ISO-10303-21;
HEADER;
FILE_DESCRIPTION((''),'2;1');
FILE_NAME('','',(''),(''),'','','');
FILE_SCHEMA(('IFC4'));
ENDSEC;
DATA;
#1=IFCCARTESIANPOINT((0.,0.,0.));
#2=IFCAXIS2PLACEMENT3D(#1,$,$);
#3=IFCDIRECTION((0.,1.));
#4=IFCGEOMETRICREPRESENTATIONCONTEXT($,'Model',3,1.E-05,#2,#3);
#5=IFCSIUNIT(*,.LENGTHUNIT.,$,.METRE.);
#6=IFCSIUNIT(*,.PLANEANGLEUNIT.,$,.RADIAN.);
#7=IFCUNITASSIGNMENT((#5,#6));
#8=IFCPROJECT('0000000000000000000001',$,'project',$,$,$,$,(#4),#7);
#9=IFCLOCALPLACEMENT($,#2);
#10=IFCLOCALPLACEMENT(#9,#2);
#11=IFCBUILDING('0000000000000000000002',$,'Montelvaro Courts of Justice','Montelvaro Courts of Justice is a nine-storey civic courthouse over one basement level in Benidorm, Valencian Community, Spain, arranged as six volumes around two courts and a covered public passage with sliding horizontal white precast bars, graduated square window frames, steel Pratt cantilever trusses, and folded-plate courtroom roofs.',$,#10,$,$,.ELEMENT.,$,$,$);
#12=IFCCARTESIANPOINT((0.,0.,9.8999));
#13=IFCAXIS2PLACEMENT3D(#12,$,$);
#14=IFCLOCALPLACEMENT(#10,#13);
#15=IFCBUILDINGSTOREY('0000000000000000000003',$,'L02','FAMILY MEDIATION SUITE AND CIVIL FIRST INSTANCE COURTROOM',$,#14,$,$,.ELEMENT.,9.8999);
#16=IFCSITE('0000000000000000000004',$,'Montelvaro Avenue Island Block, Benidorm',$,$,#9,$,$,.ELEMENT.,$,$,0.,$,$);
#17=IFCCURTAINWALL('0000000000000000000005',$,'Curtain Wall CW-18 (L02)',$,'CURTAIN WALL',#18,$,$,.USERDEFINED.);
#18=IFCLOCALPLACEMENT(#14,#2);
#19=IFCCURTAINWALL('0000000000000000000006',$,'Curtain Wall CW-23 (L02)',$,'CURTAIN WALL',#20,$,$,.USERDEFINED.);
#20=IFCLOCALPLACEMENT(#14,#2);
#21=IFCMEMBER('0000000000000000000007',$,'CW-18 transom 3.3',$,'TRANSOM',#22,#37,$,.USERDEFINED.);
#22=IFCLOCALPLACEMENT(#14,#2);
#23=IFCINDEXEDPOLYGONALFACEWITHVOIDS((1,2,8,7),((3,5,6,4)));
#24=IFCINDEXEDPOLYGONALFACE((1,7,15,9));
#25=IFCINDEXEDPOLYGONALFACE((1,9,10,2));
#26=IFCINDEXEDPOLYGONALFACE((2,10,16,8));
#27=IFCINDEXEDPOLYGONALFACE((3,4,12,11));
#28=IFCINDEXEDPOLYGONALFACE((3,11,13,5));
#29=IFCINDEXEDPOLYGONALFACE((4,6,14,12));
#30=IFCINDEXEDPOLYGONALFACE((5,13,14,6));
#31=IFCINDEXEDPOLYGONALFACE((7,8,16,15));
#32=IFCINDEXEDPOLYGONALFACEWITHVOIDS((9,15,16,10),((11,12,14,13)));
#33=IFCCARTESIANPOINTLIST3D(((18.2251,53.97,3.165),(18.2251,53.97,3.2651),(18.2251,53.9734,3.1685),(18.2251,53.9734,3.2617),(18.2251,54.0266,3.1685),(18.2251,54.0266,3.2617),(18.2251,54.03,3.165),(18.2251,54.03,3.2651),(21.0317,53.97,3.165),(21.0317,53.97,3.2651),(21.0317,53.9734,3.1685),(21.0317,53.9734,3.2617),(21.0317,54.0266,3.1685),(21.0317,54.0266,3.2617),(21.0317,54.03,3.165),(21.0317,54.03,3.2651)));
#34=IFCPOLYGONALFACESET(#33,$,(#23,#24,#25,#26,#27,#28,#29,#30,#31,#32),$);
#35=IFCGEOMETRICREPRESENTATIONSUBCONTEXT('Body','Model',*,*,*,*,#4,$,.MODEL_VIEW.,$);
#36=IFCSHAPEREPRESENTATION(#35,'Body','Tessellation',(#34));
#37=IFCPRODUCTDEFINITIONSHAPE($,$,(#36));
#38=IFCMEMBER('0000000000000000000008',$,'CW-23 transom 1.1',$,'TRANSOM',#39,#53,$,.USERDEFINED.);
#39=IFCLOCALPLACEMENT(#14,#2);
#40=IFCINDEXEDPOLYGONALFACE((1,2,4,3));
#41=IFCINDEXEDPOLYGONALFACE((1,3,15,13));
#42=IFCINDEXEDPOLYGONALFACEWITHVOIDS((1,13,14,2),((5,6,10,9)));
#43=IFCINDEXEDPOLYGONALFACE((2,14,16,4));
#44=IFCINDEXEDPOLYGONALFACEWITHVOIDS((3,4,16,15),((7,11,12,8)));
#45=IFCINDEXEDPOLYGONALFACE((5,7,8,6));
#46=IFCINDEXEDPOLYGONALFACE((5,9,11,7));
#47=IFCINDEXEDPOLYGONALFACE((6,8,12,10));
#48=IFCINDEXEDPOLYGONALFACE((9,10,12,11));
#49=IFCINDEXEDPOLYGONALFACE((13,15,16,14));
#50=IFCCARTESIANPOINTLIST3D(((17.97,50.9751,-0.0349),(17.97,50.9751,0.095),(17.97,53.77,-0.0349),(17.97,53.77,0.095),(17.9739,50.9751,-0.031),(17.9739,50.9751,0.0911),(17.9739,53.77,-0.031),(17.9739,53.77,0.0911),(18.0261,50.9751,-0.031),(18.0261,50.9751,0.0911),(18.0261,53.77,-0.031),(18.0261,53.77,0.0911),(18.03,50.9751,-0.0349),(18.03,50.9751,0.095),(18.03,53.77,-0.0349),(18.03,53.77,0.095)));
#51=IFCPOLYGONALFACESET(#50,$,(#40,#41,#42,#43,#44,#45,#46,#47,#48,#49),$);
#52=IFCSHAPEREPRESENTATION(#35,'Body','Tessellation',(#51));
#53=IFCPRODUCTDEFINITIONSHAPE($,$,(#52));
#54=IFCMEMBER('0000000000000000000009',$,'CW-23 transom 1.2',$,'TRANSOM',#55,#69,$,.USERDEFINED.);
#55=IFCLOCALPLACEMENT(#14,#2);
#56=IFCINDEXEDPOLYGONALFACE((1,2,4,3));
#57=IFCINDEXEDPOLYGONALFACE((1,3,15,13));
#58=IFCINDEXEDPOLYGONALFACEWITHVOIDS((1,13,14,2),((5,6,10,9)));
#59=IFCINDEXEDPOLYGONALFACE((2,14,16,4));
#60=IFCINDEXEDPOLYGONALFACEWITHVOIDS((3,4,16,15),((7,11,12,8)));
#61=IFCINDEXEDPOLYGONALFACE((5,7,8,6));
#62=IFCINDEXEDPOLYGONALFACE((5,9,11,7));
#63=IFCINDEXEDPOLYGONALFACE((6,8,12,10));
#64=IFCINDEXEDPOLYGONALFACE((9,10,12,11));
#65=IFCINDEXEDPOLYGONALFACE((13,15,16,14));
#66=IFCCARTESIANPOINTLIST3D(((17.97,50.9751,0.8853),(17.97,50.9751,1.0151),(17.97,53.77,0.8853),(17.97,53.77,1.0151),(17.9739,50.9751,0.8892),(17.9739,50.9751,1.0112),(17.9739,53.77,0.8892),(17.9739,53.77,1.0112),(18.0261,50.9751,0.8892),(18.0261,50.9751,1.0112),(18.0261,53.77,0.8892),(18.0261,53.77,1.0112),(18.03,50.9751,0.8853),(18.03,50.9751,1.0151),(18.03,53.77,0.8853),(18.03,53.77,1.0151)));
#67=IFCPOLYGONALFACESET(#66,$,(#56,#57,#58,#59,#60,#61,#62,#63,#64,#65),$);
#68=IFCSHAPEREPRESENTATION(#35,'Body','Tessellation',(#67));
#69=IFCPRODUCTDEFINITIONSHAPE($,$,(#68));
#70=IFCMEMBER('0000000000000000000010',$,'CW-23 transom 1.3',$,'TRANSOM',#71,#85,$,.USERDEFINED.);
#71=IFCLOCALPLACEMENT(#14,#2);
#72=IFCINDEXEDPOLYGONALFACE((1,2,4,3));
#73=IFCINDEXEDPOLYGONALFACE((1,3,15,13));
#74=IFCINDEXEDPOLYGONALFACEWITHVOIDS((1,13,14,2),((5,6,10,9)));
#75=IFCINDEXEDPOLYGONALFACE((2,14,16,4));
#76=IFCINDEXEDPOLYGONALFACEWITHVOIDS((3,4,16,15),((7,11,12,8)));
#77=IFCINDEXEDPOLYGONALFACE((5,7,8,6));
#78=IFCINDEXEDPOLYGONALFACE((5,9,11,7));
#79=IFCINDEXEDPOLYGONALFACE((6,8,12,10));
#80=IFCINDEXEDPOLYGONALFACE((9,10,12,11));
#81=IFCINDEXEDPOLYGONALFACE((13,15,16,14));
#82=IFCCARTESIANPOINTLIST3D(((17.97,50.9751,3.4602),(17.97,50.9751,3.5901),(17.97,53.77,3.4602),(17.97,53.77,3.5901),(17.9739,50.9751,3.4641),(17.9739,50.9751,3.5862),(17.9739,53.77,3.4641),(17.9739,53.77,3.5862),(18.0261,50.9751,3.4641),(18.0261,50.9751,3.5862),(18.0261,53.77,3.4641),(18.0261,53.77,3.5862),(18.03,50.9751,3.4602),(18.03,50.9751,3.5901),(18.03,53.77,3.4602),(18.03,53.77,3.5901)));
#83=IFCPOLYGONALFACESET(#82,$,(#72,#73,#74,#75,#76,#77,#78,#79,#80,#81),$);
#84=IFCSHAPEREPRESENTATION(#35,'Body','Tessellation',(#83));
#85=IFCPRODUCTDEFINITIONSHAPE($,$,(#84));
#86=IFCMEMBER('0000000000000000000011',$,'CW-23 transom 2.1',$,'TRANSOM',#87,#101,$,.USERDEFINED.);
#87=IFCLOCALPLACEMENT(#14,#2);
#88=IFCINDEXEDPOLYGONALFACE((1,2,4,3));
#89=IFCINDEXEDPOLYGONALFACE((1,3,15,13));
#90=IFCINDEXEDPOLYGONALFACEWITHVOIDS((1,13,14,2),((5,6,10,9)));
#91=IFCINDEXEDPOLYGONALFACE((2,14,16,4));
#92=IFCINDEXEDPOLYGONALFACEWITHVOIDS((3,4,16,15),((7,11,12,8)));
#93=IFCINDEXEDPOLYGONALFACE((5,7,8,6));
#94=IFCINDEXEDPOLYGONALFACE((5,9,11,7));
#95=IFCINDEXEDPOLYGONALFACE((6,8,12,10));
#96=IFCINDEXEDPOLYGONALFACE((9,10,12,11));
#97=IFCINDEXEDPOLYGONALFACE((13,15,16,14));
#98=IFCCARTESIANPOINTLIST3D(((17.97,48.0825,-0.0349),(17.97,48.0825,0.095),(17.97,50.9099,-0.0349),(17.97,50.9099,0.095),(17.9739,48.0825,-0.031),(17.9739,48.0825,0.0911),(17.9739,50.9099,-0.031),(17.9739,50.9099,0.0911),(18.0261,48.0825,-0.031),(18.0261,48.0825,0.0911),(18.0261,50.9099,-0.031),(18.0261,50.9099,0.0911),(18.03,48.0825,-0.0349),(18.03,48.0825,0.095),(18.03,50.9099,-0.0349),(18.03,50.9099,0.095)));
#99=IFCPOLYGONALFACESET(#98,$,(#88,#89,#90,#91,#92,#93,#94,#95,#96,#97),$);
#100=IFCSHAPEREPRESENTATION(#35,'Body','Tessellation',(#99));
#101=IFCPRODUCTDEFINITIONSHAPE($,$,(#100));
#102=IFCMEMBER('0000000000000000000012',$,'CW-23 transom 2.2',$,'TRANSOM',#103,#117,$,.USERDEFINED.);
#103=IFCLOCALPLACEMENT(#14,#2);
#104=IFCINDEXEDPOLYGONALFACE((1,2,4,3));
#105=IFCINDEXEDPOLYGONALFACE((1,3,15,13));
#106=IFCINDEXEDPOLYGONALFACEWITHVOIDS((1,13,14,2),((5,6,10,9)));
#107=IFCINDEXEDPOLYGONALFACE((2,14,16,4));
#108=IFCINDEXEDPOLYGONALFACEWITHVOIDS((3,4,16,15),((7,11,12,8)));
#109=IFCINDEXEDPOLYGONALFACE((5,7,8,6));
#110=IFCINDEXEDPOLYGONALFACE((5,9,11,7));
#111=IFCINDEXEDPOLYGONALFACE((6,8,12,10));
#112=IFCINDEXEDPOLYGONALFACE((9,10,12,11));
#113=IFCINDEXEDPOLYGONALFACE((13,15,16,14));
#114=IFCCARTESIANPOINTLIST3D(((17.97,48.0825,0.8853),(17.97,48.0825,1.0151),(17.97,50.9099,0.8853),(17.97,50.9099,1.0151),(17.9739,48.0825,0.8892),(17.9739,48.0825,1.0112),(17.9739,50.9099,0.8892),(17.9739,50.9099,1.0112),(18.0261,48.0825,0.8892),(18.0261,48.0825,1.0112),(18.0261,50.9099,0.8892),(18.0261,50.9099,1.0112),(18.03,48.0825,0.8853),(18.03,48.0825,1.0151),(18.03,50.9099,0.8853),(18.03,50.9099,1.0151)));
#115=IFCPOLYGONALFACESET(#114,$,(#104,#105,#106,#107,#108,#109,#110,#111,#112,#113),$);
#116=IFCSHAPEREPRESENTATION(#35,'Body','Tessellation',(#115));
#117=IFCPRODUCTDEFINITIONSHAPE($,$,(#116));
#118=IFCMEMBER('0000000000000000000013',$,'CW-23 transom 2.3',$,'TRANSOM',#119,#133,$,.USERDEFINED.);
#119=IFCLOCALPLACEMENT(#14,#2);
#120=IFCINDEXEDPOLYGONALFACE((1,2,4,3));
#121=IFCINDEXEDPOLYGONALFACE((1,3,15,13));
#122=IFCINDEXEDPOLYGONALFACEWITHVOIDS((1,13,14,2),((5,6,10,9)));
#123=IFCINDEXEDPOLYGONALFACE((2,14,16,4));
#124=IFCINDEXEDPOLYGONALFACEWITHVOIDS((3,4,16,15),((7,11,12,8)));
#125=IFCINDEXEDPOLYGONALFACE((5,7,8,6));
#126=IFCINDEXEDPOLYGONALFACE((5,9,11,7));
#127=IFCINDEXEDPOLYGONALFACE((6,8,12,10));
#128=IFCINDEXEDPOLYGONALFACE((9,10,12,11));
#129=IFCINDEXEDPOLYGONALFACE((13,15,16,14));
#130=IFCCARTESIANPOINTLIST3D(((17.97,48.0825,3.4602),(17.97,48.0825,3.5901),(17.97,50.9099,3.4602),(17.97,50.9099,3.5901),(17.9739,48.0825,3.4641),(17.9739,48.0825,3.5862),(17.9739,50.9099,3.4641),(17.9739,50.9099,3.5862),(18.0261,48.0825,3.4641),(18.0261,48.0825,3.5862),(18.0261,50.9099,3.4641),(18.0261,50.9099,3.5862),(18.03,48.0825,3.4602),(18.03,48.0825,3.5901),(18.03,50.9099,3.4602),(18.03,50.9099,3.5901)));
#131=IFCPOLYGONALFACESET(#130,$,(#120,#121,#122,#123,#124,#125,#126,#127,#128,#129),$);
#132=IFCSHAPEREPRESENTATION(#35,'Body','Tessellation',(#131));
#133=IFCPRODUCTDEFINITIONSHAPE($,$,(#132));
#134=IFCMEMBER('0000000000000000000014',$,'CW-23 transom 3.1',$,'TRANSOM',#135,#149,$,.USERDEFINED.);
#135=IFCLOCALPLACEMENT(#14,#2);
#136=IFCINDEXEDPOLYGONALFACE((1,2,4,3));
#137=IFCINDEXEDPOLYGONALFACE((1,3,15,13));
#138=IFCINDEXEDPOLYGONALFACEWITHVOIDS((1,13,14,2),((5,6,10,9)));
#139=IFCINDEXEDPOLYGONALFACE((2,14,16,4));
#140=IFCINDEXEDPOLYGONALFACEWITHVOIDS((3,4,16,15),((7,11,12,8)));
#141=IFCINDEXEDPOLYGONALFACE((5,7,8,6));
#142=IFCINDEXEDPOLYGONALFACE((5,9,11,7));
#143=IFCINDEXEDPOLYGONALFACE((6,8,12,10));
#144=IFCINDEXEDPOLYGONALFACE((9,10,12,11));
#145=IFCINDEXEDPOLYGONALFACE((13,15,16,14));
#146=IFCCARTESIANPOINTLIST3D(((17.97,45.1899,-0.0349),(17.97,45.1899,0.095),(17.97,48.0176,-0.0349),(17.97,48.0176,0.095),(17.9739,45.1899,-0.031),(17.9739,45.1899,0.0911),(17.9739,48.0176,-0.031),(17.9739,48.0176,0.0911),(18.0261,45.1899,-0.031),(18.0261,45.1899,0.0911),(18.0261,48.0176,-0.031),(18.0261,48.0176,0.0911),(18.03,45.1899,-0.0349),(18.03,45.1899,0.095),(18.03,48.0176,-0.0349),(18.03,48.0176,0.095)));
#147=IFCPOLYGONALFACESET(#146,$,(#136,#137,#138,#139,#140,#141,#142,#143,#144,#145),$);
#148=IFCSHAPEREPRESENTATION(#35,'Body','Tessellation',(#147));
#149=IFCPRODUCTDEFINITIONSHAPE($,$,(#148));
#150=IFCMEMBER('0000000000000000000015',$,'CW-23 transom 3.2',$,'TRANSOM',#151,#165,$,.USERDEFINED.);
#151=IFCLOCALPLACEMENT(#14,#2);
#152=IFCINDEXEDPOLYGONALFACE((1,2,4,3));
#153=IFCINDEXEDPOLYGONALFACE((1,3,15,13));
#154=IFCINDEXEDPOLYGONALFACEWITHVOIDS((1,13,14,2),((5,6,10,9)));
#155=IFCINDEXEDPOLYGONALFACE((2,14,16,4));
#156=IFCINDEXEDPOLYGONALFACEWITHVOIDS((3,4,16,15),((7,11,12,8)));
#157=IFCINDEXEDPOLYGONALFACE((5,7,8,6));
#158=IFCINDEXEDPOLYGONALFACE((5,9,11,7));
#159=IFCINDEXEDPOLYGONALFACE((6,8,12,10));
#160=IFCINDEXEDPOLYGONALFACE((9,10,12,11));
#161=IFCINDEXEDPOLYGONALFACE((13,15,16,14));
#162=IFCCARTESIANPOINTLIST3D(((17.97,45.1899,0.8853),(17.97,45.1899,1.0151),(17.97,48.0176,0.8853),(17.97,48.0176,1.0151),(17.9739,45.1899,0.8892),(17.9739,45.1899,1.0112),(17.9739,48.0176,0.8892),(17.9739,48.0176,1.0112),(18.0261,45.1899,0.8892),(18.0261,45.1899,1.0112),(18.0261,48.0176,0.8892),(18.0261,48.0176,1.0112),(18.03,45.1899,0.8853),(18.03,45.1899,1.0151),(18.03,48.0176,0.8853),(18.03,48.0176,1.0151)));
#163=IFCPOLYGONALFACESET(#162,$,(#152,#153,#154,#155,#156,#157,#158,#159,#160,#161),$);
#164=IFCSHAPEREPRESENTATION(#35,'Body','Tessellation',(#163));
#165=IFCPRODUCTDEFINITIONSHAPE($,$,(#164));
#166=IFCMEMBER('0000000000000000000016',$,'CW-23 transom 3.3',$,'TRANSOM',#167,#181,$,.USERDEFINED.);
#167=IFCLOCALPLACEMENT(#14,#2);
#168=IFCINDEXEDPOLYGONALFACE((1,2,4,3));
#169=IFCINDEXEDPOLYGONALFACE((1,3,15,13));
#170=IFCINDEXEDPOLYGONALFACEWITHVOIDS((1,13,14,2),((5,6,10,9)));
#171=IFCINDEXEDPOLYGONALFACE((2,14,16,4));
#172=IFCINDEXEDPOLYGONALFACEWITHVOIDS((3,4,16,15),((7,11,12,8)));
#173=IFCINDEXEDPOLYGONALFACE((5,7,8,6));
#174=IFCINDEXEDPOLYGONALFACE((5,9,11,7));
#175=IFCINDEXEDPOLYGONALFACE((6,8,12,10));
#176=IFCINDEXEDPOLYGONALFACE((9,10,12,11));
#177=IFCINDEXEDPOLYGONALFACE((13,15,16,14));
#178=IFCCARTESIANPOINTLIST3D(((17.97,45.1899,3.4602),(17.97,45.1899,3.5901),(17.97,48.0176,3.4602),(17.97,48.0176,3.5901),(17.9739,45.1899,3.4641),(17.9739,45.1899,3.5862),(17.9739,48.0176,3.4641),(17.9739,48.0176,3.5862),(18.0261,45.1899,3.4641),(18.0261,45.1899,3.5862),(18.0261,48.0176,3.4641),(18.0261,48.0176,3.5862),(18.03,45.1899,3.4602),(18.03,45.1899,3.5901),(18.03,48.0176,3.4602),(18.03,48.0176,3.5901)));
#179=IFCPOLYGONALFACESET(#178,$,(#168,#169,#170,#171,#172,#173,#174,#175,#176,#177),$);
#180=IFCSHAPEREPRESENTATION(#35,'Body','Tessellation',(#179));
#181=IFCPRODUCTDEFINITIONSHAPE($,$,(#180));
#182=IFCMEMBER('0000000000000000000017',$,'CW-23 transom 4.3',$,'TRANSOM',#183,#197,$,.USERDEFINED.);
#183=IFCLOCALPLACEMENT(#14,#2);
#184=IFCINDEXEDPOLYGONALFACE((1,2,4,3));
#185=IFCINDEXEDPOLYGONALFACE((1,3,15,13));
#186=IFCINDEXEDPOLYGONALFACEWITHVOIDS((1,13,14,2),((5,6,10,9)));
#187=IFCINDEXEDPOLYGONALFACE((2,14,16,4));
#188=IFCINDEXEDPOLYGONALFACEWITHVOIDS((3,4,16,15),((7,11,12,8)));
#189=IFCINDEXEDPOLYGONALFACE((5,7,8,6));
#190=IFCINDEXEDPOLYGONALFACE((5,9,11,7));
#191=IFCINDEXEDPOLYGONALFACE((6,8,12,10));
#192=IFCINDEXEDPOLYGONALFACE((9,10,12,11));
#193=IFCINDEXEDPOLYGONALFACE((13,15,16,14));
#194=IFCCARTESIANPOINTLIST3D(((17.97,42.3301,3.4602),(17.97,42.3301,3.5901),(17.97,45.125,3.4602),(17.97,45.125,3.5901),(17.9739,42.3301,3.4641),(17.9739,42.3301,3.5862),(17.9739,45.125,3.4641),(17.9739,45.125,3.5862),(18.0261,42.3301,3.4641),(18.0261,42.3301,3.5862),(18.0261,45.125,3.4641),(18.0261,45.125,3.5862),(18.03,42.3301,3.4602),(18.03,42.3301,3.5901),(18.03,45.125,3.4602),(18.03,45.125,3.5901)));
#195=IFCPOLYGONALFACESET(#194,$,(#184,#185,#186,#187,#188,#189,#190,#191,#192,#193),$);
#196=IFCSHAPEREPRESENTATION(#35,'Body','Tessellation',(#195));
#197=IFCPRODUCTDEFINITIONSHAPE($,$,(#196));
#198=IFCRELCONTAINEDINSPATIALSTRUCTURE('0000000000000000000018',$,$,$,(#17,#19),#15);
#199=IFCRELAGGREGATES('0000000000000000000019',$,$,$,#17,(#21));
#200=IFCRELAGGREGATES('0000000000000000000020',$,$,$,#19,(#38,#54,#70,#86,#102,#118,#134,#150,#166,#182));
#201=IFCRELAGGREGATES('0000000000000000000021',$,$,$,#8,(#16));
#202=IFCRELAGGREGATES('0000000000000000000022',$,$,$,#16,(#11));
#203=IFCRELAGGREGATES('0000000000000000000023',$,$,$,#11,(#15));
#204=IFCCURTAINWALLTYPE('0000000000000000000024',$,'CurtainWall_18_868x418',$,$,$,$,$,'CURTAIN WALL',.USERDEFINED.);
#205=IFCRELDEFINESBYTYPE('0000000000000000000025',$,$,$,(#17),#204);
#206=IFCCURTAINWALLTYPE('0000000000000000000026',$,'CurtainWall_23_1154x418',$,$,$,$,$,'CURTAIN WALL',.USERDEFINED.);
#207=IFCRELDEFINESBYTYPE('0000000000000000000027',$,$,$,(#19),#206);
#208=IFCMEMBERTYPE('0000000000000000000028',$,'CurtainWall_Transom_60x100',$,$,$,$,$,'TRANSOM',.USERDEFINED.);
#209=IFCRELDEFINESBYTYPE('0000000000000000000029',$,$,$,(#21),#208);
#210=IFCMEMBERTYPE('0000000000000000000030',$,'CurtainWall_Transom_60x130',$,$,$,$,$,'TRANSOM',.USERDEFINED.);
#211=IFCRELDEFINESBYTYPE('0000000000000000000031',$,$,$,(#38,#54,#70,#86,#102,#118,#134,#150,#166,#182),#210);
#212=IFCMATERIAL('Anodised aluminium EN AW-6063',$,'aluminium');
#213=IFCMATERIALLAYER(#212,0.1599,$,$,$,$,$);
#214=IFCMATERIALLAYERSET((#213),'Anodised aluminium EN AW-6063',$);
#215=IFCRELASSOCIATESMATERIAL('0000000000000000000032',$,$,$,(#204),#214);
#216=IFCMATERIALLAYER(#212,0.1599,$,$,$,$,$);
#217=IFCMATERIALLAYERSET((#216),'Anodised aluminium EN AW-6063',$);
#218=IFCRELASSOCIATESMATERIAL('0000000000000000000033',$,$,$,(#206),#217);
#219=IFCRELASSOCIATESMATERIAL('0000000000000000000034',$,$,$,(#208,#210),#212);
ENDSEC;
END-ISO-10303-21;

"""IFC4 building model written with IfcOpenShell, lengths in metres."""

from ifc_helpers import new_model, si_unit, direction, frame, origin, origin_2d, place, context, subcontext, project, spatial, hollow_rectangle, extrude, material, layer, layer_set, material_profile, profile_set, type_object, element, aggregate, save


model = new_model("IFC4")

# Units and contexts
model_context = context("Model", 3, precision=1e-05, world=origin(), true_north=direction((0.0, 1.0)))
body_context = subcontext(model_context, "Body", "Model", "MODEL_VIEW")
ifc_project = project(units=[si_unit("LENGTHUNIT", "METRE"), si_unit("PLANEANGLEUNIT", "RADIAN")], contexts=[model_context])

# Site, building, storey
site_placement = place(None, origin())
site = spatial("IfcSite", under=ifc_project, at=site_placement, Name="Montelvaro Avenue Island Block, Benidorm", CompositionType="ELEMENT", RefElevation=0.0)
building_placement = place(site_placement, origin())
building = spatial("IfcBuilding", under=site, at=building_placement, Name="Montelvaro Courts of Justice", Description="Montelvaro Courts of Justice is a nine-storey civic courthouse over one basement level in Benidorm, Valencian Community, Spain, arranged as six volumes around two courts and a covered public passage with sliding horizontal white precast bars, graduated square window frames, steel Pratt cantilever trusses, and folded-plate courtroom roofs.", CompositionType="ELEMENT")
storey_placement = place(building_placement, frame((0.0, 0.0, 9.8999)))
storey = spatial("IfcBuildingStorey", under=building, at=storey_placement, Name="L02", Description="FAMILY MEDIATION SUITE AND CIVIL FIRST INSTANCE COURTROOM", CompositionType="ELEMENT", Elevation=9.8999)

# Curtain walls
ifc_material_1 = material(Name="Anodised aluminium EN AW-6063", Category="aluminium")
ifc_layer_1 = layer(ifc_material_1, 0.1599)
ifc_layer_set_1 = layer_set([ifc_layer_1], Name="Anodised aluminium EN AW-6063")
curtain_wall_type_1 = type_object("IfcCurtainWallType", Name="CurtainWall_18_868x418", ElementType="CURTAIN WALL", PredefinedType="USERDEFINED", material=ifc_layer_set_1)
curtain_wall_1_placement = place(storey_placement, origin())
curtain_wall_1 = element("IfcCurtainWall", 1, at=curtain_wall_1_placement, inside=storey, type_object=curtain_wall_type_1, Name="Curtain Wall CW-18 (L02)", ObjectType="CURTAIN WALL", PredefinedType="USERDEFINED")
ifc_layer_2 = layer(ifc_material_1, 0.1599)
ifc_layer_set_2 = layer_set([ifc_layer_2], Name="Anodised aluminium EN AW-6063")
curtain_wall_type_2 = type_object("IfcCurtainWallType", Name="CurtainWall_23_1154x418", ElementType="CURTAIN WALL", PredefinedType="USERDEFINED", material=ifc_layer_set_2)
curtain_wall_2_placement = place(storey_placement, origin())
curtain_wall_2 = element("IfcCurtainWall", 2, at=curtain_wall_2_placement, inside=storey, type_object=curtain_wall_type_2, Name="Curtain Wall CW-23 (L02)", ObjectType="CURTAIN WALL", PredefinedType="USERDEFINED")

# Members
ifc_material_profile_1 = material_profile(ifc_material_1, hollow_rectangle(XDim=0.0601, YDim=0.1001, WallThickness=0.0034, at=origin_2d()), Name="ALU-T 60x100")
ifc_profile_set_1 = profile_set([ifc_material_profile_1], Name="Anodised aluminium EN AW-6063")
member_type_1 = type_object("IfcMemberType", Name="CurtainWall_Transom_60x100", ElementType="TRANSOM", PredefinedType="USERDEFINED", material=ifc_profile_set_1)
member_1_placement = place(storey_placement, frame((21.0317, 54.0, 3.2151), z_axis=(-1.0, 0.0, 0.0), x_axis=(0.0, -1.0, 0.0)))
member_1 = element("IfcMember", 3, at=member_1_placement, type_object=member_type_1, Name="CW-18 transom 3.3", ObjectType="TRANSOM", PredefinedType="USERDEFINED", context=body_context, shape_type="SweptSolid", body=[
    extrude(hollow_rectangle(XDim=0.0601, YDim=0.1001, WallThickness=0.0034, at=origin_2d()), origin(), (0.0, 0.0, 1.0), 2.8066),
])
ifc_material_profile_2 = material_profile(ifc_material_1, hollow_rectangle(XDim=0.0601, YDim=0.1299, WallThickness=0.0039, at=origin_2d()), Name="ALU-T 60x130")
ifc_profile_set_2 = profile_set([ifc_material_profile_2], Name="Anodised aluminium EN AW-6063")
member_type_2 = type_object("IfcMemberType", Name="CurtainWall_Transom_60x130", ElementType="TRANSOM", PredefinedType="USERDEFINED", material=ifc_profile_set_2)
member_2_placement = place(storey_placement, frame((18.0, 53.77, 0.03), z_axis=(0.0, -1.0, 0.0), x_axis=(1.0, 0.0, 0.0)))
member_2 = element("IfcMember", 4, at=member_2_placement, type_object=member_type_2, Name="CW-23 transom 1.1", ObjectType="TRANSOM", PredefinedType="USERDEFINED", context=body_context, shape_type="SweptSolid", body=[
    extrude(hollow_rectangle(XDim=0.0601, YDim=0.1299, WallThickness=0.0039, at=origin_2d()), origin(), (0.0, 0.0, 1.0), 2.7949),
])
member_3_placement = place(storey_placement, frame((18.0, 53.77, 0.9502), z_axis=(0.0, -1.0, 0.0), x_axis=(1.0, 0.0, 0.0)))
member_3 = element("IfcMember", 5, at=member_3_placement, type_object=member_type_2, Name="CW-23 transom 1.2", ObjectType="TRANSOM", PredefinedType="USERDEFINED", context=body_context, shape_type="SweptSolid", body=[
    extrude(hollow_rectangle(XDim=0.0601, YDim=0.1299, WallThickness=0.0039, at=origin_2d()), origin(), (0.0, 0.0, 1.0), 2.7949),
])
member_4_placement = place(storey_placement, frame((18.0, 53.77, 3.5251), z_axis=(0.0, -1.0, 0.0), x_axis=(1.0, 0.0, 0.0)))
member_4 = element("IfcMember", 6, at=member_4_placement, type_object=member_type_2, Name="CW-23 transom 1.3", ObjectType="TRANSOM", PredefinedType="USERDEFINED", context=body_context, shape_type="SweptSolid", body=[
    extrude(hollow_rectangle(XDim=0.0601, YDim=0.1299, WallThickness=0.0039, at=origin_2d()), origin(), (0.0, 0.0, 1.0), 2.7949),
])
member_5_placement = place(storey_placement, frame((18.0, 50.9099, 0.03), z_axis=(0.0, -1.0, 0.0), x_axis=(1.0, 0.0, 0.0)))
member_5 = element("IfcMember", 7, at=member_5_placement, type_object=member_type_2, Name="CW-23 transom 2.1", ObjectType="TRANSOM", PredefinedType="USERDEFINED", context=body_context, shape_type="SweptSolid", body=[
    extrude(hollow_rectangle(XDim=0.0601, YDim=0.1299, WallThickness=0.0039, at=origin_2d()), origin(), (0.0, 0.0, 1.0), 2.8274),
])
member_6_placement = place(storey_placement, frame((18.0, 50.9099, 0.9502), z_axis=(0.0, -1.0, 0.0), x_axis=(1.0, 0.0, 0.0)))
member_6 = element("IfcMember", 8, at=member_6_placement, type_object=member_type_2, Name="CW-23 transom 2.2", ObjectType="TRANSOM", PredefinedType="USERDEFINED", context=body_context, shape_type="SweptSolid", body=[
    extrude(hollow_rectangle(XDim=0.0601, YDim=0.1299, WallThickness=0.0039, at=origin_2d()), origin(), (0.0, 0.0, 1.0), 2.8274),
])
member_7_placement = place(storey_placement, frame((18.0, 50.9099, 3.5251), z_axis=(0.0, -1.0, 0.0), x_axis=(1.0, 0.0, 0.0)))
member_7 = element("IfcMember", 9, at=member_7_placement, type_object=member_type_2, Name="CW-23 transom 2.3", ObjectType="TRANSOM", PredefinedType="USERDEFINED", context=body_context, shape_type="SweptSolid", body=[
    extrude(hollow_rectangle(XDim=0.0601, YDim=0.1299, WallThickness=0.0039, at=origin_2d()), origin(), (0.0, 0.0, 1.0), 2.8274),
])
member_8_placement = place(storey_placement, frame((18.0, 48.0176, 0.03), z_axis=(0.0, -1.0, 0.0), x_axis=(1.0, 0.0, 0.0)))
member_8 = element("IfcMember", 10, at=member_8_placement, type_object=member_type_2, Name="CW-23 transom 3.1", ObjectType="TRANSOM", PredefinedType="USERDEFINED", context=body_context, shape_type="SweptSolid", body=[
    extrude(hollow_rectangle(XDim=0.0601, YDim=0.1299, WallThickness=0.0039, at=origin_2d()), origin(), (0.0, 0.0, 1.0), 2.8276),
])
member_9_placement = place(storey_placement, frame((18.0, 48.0176, 0.9502), z_axis=(0.0, -1.0, 0.0), x_axis=(1.0, 0.0, 0.0)))
member_9 = element("IfcMember", 11, at=member_9_placement, type_object=member_type_2, Name="CW-23 transom 3.2", ObjectType="TRANSOM", PredefinedType="USERDEFINED", context=body_context, shape_type="SweptSolid", body=[
    extrude(hollow_rectangle(XDim=0.0601, YDim=0.1299, WallThickness=0.0039, at=origin_2d()), origin(), (0.0, 0.0, 1.0), 2.8276),
])
member_10_placement = place(storey_placement, frame((18.0, 48.0176, 3.5251), z_axis=(0.0, -1.0, 0.0), x_axis=(1.0, 0.0, 0.0)))
member_10 = element("IfcMember", 12, at=member_10_placement, type_object=member_type_2, Name="CW-23 transom 3.3", ObjectType="TRANSOM", PredefinedType="USERDEFINED", context=body_context, shape_type="SweptSolid", body=[
    extrude(hollow_rectangle(XDim=0.0601, YDim=0.1299, WallThickness=0.0039, at=origin_2d()), origin(), (0.0, 0.0, 1.0), 2.8276),
])
member_11_placement = place(storey_placement, frame((18.0, 45.125, 3.5251), z_axis=(0.0, -1.0, 0.0), x_axis=(1.0, 0.0, 0.0)))
member_11 = element("IfcMember", 13, at=member_11_placement, type_object=member_type_2, Name="CW-23 transom 4.3", ObjectType="TRANSOM", PredefinedType="USERDEFINED", context=body_context, shape_type="SweptSolid", body=[
    extrude(hollow_rectangle(XDim=0.0601, YDim=0.1299, WallThickness=0.0039, at=origin_2d()), origin(), (0.0, 0.0, 1.0), 2.7949),
])

aggregate(curtain_wall_1, [member_1])
aggregate(curtain_wall_2, [member_2, member_3, member_4, member_5, member_6, member_7, member_8, member_9, member_10, member_11])

save(model, "model.ifc")
